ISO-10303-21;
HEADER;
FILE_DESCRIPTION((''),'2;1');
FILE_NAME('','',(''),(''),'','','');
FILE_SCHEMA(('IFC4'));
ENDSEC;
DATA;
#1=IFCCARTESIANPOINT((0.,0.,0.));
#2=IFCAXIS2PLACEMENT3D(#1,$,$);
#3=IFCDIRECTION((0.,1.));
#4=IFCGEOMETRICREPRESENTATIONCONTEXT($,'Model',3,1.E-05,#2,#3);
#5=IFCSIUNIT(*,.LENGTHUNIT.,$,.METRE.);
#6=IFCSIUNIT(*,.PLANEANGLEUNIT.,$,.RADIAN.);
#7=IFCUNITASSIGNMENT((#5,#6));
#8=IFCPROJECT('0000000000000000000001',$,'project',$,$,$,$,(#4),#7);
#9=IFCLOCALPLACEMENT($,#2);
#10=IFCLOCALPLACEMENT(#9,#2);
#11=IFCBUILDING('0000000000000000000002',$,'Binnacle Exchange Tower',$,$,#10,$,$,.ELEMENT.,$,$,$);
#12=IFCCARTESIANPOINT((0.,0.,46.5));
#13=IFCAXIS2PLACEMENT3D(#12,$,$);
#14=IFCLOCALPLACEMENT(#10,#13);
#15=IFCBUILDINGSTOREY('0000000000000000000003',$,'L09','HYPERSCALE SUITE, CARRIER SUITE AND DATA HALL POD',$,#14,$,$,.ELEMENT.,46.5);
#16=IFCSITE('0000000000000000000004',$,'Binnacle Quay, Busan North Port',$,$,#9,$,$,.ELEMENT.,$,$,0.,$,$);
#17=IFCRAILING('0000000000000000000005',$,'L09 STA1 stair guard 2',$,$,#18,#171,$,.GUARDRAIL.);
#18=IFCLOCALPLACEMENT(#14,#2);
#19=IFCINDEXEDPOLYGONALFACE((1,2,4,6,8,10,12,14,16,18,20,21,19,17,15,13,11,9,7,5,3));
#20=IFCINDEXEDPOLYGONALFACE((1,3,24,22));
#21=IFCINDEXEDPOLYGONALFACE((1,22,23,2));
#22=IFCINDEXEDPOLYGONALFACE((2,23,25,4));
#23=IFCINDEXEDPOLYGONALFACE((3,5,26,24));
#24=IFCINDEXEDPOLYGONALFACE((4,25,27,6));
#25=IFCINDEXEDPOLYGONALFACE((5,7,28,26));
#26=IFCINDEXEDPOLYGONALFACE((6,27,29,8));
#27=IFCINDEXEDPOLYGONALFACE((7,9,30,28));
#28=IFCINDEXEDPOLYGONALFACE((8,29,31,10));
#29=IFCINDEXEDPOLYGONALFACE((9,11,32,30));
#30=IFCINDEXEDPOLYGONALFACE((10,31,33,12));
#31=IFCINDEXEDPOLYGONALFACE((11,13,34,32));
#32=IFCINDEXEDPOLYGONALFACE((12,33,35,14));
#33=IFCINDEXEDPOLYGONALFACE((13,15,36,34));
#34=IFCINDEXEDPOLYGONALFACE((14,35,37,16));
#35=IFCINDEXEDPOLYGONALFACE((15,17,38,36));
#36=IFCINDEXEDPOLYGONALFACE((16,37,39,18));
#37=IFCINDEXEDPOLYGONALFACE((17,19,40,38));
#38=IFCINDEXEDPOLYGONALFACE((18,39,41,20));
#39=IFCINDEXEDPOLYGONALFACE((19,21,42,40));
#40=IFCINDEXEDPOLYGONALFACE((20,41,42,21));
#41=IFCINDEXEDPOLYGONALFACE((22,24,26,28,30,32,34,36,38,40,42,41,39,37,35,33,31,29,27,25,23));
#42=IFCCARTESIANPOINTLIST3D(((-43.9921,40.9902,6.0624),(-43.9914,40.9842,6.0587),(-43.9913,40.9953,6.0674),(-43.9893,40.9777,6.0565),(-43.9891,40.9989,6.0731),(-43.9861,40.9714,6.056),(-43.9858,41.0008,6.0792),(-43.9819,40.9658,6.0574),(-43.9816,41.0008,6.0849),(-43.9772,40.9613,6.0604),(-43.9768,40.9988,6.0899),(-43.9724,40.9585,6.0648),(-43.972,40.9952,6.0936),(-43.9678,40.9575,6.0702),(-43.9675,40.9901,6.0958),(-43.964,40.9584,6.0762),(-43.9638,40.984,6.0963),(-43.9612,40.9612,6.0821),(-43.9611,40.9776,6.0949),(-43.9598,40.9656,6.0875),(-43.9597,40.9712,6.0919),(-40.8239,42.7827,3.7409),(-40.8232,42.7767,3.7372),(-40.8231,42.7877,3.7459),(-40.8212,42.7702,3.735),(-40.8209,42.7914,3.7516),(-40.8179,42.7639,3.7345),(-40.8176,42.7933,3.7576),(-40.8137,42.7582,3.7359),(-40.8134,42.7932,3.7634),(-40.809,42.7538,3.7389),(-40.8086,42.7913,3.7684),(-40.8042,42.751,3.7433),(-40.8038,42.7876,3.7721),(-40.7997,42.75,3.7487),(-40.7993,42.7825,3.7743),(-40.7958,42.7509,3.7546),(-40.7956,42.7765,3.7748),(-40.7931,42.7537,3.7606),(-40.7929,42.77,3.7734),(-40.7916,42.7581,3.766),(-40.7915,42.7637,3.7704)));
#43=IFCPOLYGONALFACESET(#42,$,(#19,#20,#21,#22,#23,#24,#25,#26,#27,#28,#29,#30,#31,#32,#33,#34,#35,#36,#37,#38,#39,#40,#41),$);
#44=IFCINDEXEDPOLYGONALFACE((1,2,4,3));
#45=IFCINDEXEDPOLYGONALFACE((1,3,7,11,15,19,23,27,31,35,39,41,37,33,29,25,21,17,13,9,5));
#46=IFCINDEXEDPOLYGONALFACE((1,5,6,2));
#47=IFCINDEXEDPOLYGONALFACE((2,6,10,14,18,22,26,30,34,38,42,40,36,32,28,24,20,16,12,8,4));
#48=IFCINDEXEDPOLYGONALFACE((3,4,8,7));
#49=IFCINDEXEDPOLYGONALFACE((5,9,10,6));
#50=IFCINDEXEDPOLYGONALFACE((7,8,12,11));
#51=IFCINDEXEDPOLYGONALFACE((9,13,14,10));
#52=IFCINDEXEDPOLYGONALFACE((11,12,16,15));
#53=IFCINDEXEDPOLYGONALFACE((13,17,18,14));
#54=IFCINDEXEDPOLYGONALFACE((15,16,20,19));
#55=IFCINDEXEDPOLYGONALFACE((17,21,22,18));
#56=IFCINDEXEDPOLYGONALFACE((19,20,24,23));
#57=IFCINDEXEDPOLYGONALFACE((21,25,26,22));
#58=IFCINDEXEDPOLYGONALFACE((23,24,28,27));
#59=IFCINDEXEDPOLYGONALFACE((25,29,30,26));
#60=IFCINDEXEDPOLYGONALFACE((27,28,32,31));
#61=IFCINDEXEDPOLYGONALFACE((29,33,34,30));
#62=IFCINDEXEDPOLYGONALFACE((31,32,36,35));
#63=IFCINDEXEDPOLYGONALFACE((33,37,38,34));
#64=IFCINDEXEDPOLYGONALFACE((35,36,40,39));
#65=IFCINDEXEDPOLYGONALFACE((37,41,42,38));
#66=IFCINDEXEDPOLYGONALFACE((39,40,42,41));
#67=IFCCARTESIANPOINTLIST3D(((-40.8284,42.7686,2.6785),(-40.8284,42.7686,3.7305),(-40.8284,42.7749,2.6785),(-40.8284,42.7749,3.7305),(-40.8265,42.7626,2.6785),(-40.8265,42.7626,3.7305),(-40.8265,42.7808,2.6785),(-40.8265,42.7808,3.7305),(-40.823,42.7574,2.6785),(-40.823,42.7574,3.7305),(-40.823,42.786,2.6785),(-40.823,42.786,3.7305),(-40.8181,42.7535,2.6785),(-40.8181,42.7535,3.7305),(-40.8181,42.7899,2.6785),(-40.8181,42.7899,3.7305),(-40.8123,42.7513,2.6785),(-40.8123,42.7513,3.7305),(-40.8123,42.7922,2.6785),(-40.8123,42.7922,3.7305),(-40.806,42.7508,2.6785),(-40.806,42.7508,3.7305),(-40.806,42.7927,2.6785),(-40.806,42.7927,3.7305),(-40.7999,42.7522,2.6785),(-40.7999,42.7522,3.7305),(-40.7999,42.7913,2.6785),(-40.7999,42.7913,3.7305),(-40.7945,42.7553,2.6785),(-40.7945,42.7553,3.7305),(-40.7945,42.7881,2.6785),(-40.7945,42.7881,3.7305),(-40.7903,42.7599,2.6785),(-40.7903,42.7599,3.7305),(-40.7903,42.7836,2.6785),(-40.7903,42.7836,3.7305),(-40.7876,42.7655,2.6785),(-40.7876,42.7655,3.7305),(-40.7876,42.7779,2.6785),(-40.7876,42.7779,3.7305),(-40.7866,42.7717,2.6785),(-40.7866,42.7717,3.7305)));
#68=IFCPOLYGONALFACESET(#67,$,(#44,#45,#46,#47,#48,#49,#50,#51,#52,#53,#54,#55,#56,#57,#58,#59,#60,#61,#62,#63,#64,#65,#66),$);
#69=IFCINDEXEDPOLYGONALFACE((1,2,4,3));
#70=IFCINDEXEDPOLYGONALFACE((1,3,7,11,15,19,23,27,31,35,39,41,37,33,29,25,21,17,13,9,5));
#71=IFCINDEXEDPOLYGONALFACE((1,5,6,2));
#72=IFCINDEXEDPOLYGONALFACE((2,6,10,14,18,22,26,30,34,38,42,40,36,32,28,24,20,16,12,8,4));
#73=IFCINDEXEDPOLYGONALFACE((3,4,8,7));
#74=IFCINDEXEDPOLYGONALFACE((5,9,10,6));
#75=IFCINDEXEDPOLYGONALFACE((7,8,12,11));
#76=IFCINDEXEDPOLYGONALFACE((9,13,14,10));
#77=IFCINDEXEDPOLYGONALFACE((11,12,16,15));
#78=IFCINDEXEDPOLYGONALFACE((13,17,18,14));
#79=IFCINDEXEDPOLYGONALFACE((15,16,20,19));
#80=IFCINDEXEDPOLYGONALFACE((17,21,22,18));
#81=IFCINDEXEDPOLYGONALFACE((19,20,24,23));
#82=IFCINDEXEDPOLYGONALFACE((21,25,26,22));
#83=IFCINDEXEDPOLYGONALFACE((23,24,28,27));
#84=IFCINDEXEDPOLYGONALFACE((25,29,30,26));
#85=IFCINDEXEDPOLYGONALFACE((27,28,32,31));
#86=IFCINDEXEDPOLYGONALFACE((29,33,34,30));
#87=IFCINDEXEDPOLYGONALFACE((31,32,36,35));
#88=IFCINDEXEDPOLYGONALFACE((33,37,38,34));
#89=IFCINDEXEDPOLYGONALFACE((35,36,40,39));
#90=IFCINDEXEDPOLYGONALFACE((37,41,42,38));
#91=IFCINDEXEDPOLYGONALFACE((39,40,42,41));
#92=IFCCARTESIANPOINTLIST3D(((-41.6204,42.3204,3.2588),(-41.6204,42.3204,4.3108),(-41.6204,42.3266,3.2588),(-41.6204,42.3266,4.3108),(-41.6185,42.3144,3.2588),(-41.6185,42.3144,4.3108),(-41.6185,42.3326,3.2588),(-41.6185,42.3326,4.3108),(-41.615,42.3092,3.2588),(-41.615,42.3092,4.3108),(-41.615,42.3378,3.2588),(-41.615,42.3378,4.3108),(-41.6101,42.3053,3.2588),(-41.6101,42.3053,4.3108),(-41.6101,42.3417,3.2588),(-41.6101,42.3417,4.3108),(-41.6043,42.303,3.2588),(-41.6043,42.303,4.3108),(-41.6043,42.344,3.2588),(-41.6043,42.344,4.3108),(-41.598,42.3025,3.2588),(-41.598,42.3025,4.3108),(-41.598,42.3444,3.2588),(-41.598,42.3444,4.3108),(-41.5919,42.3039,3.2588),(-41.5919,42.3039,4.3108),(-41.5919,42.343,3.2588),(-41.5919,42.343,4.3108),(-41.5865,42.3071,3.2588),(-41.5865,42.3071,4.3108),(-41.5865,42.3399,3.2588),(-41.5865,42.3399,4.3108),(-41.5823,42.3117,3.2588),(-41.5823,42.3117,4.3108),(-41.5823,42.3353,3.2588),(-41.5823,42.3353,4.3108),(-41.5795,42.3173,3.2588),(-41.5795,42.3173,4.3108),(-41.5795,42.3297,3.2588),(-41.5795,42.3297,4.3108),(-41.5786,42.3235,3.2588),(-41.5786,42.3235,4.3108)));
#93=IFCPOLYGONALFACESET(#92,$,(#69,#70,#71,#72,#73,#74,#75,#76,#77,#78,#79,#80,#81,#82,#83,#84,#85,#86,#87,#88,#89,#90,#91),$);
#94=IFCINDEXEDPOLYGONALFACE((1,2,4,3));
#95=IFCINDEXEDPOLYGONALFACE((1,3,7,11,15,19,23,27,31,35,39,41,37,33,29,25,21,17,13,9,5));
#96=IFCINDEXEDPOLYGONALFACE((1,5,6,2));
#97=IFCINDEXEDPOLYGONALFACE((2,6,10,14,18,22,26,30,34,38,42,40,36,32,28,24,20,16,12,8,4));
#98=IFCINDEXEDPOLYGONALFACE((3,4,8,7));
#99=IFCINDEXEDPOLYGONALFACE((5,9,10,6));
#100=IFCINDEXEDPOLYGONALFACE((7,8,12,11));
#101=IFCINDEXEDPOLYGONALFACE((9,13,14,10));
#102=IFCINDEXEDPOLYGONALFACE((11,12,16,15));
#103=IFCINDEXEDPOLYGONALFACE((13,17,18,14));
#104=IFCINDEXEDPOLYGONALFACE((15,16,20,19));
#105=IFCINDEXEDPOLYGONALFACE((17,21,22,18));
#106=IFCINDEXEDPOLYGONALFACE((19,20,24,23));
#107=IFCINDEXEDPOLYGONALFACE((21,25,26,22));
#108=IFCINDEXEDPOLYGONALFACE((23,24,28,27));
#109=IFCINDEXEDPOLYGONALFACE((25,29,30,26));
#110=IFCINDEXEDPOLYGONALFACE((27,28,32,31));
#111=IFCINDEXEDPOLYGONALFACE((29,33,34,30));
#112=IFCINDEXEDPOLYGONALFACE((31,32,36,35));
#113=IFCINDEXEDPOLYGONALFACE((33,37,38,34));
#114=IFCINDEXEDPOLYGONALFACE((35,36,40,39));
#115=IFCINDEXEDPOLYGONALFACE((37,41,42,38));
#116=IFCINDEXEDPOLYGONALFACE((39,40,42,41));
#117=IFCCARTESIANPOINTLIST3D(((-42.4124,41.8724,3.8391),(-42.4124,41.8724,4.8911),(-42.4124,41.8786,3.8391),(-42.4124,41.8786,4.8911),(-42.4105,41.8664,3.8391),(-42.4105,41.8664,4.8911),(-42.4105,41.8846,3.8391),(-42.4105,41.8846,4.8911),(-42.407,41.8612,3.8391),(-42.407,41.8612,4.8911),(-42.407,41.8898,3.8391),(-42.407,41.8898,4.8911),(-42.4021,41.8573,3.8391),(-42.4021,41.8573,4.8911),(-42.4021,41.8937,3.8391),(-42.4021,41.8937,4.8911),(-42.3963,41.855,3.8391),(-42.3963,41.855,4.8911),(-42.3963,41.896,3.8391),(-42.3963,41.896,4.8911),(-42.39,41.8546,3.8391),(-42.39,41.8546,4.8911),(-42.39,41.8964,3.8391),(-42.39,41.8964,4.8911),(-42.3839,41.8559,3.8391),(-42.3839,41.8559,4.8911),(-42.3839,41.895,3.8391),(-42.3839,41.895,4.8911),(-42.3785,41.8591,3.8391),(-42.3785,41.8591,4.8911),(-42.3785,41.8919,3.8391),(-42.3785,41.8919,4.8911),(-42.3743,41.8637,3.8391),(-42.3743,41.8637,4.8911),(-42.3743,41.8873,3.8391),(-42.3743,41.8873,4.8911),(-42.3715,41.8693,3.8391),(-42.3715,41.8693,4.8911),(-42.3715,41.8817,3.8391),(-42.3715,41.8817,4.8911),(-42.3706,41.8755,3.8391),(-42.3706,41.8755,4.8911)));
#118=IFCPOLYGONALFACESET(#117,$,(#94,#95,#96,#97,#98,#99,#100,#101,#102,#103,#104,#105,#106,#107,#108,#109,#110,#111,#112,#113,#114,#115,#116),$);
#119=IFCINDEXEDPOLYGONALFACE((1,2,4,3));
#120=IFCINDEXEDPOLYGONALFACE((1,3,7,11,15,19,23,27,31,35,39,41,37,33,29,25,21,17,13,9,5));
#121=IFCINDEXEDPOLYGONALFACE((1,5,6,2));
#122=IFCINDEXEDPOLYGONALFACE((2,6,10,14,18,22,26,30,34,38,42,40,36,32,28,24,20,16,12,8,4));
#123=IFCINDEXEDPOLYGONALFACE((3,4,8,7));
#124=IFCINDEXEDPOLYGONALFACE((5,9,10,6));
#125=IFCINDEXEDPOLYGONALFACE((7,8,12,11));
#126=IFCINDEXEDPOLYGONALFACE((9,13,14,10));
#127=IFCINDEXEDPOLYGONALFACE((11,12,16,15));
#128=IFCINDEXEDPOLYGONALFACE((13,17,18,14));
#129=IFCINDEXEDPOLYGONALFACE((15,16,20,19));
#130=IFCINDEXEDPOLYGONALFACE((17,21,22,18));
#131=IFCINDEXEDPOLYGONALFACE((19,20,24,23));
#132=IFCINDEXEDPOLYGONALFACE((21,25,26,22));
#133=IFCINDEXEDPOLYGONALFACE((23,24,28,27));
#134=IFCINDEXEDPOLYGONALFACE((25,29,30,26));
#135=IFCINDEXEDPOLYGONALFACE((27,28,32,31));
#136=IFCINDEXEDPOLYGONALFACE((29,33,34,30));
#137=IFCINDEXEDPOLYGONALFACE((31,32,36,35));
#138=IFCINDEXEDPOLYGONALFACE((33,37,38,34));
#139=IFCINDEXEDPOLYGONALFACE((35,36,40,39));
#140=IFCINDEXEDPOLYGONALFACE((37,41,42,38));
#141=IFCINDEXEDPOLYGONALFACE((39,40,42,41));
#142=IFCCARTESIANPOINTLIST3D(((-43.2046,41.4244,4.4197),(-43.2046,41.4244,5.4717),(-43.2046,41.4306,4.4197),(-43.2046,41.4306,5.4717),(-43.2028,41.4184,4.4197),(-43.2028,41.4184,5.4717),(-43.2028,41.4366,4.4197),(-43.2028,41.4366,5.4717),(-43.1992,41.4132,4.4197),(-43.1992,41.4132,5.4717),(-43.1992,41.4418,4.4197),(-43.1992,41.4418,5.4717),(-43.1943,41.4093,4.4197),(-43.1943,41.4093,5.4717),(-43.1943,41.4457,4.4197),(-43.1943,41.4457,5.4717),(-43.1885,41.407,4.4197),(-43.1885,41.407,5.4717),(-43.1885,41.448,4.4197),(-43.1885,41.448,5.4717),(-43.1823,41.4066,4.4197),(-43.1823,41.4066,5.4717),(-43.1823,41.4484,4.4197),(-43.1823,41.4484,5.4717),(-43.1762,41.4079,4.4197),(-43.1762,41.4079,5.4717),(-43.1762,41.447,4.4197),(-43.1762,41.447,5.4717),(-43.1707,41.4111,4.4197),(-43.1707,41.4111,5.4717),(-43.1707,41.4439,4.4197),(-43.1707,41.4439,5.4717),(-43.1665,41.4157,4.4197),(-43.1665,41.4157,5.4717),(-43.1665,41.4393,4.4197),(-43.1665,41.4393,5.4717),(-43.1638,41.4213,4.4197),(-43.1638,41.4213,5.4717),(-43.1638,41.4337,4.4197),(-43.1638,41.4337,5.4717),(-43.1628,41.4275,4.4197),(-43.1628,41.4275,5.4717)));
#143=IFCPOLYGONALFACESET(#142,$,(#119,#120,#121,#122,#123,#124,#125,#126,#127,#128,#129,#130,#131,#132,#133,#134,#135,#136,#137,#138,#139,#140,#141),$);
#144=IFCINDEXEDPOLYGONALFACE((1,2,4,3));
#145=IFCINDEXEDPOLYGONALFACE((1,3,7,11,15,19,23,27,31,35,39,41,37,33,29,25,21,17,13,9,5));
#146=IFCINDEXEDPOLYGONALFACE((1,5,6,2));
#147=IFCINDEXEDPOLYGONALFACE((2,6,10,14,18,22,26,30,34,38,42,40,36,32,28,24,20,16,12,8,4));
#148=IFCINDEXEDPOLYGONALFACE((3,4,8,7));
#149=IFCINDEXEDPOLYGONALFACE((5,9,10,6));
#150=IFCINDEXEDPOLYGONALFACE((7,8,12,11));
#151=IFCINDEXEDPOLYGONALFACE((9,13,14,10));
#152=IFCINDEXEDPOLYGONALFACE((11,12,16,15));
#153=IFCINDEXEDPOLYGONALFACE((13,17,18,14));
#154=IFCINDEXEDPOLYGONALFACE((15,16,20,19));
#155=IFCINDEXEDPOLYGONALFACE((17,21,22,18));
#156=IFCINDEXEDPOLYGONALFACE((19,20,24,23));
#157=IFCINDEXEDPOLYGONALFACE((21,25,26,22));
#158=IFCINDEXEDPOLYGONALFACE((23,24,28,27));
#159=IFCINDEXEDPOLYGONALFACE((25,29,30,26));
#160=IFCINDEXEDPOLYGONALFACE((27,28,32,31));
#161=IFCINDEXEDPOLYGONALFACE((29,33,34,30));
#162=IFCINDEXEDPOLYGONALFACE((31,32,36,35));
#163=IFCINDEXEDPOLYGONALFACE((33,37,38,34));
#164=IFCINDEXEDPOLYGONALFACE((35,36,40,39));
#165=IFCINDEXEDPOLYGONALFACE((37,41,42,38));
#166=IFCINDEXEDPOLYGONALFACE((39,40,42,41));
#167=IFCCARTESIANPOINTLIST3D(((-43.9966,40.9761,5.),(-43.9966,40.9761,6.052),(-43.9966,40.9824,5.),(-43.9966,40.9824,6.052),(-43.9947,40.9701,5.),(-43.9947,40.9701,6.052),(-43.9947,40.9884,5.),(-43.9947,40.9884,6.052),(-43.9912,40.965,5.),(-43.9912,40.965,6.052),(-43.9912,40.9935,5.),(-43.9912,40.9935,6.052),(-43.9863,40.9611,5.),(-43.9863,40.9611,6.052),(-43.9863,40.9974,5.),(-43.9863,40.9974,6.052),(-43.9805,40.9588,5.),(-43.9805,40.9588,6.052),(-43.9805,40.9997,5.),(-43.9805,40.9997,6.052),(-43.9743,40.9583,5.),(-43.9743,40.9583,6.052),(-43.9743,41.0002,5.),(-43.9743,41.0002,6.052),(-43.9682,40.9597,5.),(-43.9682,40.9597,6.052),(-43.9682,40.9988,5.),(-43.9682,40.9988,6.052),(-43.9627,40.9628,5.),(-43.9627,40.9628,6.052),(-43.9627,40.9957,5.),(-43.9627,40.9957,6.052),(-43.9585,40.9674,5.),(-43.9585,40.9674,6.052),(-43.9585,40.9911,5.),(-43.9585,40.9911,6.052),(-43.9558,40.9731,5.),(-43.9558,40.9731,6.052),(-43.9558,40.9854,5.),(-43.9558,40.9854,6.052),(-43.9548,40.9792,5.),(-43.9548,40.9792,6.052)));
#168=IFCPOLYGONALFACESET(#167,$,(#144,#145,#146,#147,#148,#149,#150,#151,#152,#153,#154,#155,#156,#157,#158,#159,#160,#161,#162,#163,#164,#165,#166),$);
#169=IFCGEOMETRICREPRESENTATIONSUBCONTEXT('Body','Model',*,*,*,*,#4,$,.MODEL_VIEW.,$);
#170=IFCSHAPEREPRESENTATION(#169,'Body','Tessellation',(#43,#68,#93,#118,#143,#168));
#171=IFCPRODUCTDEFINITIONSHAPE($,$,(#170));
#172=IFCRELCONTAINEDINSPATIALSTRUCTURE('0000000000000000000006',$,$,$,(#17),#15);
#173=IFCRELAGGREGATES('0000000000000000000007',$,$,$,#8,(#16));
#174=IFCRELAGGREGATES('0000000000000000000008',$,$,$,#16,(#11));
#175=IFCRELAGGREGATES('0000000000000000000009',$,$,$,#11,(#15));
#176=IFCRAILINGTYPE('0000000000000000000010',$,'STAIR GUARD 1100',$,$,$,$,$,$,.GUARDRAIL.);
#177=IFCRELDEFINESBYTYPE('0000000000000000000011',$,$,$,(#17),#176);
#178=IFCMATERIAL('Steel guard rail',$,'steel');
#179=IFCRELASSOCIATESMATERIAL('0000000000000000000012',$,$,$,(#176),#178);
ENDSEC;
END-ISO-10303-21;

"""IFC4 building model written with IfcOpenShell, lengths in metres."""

from ifc_helpers import new_model, si_unit, direction, frame, origin, origin_2d, place, context, subcontext, project, spatial, circle, extrude, material, type_object, element, save


model = new_model("IFC4")

# Units and contexts
model_context = context("Model", 3, precision=1e-05, world=origin(), true_north=direction((0.0, 1.0)))
body_context = subcontext(model_context, "Body", "Model", "MODEL_VIEW")
ifc_project = project(units=[si_unit("LENGTHUNIT", "METRE"), si_unit("PLANEANGLEUNIT", "RADIAN")], contexts=[model_context])

# Site, building, storey
site_placement = place(None, origin())
site = spatial("IfcSite", under=ifc_project, at=site_placement, Name="Binnacle Quay, Busan North Port", CompositionType="ELEMENT", RefElevation=0.0)
building_placement = place(site_placement, origin())
building = spatial("IfcBuilding", under=site, at=building_placement, Name="Binnacle Exchange Tower", CompositionType="ELEMENT")
storey_placement = place(building_placement, frame((0.0, 0.0, 46.5)))
storey = spatial("IfcBuildingStorey", under=building, at=storey_placement, Name="L09", Description="HYPERSCALE SUITE, CARRIER SUITE AND DATA HALL POD", CompositionType="ELEMENT", Elevation=46.5)

# Railing
ifc_material_1 = material(Name="Steel guard rail", Category="steel")
railing_type_1 = type_object("IfcRailingType", Name="STAIR GUARD 1100", PredefinedType="GUARDRAIL", material=ifc_material_1)
railing_1_placement = place(storey_placement, frame((-40.8076, 42.7717, 2.6785)))
element("IfcRailing", 1, at=railing_1_placement, inside=storey, type_object=railing_type_1, Name="L09 STA1 stair guard 2", PredefinedType="GUARDRAIL", context=body_context, shape_type="SweptSolid", body=[
    extrude(circle(Radius=0.0239, at=origin_2d()), frame((0.0, 0.0, 1.0762), z_axis=(-0.733822, -0.415174, 0.537714), x_axis=(0.492422, -0.870357, 0.0)), (0.0, 0.0, 1.0), 4.3174),
    extrude(circle(Radius=0.021, at=origin_2d()), origin(), (0.0, 0.0, 1.0), 1.052),
    extrude(circle(Radius=0.021, at=origin_2d()), frame((-0.792, -0.4482, 0.5803)), (0.0, 0.0, 1.0), 1.052),
    extrude(circle(Radius=0.021, at=origin_2d()), frame((-1.584, -0.8962, 1.1606)), (0.0, 0.0, 1.0), 1.052),
    extrude(circle(Radius=0.021, at=origin_2d()), frame((-2.3762, -1.3442, 1.7412)), (0.0, 0.0, 1.0), 1.052),
    extrude(circle(Radius=0.021, at=origin_2d()), frame((-3.1682, -1.7925, 2.3215)), (0.0, 0.0, 1.0), 1.052),
])

save(model, "model.ifc")
